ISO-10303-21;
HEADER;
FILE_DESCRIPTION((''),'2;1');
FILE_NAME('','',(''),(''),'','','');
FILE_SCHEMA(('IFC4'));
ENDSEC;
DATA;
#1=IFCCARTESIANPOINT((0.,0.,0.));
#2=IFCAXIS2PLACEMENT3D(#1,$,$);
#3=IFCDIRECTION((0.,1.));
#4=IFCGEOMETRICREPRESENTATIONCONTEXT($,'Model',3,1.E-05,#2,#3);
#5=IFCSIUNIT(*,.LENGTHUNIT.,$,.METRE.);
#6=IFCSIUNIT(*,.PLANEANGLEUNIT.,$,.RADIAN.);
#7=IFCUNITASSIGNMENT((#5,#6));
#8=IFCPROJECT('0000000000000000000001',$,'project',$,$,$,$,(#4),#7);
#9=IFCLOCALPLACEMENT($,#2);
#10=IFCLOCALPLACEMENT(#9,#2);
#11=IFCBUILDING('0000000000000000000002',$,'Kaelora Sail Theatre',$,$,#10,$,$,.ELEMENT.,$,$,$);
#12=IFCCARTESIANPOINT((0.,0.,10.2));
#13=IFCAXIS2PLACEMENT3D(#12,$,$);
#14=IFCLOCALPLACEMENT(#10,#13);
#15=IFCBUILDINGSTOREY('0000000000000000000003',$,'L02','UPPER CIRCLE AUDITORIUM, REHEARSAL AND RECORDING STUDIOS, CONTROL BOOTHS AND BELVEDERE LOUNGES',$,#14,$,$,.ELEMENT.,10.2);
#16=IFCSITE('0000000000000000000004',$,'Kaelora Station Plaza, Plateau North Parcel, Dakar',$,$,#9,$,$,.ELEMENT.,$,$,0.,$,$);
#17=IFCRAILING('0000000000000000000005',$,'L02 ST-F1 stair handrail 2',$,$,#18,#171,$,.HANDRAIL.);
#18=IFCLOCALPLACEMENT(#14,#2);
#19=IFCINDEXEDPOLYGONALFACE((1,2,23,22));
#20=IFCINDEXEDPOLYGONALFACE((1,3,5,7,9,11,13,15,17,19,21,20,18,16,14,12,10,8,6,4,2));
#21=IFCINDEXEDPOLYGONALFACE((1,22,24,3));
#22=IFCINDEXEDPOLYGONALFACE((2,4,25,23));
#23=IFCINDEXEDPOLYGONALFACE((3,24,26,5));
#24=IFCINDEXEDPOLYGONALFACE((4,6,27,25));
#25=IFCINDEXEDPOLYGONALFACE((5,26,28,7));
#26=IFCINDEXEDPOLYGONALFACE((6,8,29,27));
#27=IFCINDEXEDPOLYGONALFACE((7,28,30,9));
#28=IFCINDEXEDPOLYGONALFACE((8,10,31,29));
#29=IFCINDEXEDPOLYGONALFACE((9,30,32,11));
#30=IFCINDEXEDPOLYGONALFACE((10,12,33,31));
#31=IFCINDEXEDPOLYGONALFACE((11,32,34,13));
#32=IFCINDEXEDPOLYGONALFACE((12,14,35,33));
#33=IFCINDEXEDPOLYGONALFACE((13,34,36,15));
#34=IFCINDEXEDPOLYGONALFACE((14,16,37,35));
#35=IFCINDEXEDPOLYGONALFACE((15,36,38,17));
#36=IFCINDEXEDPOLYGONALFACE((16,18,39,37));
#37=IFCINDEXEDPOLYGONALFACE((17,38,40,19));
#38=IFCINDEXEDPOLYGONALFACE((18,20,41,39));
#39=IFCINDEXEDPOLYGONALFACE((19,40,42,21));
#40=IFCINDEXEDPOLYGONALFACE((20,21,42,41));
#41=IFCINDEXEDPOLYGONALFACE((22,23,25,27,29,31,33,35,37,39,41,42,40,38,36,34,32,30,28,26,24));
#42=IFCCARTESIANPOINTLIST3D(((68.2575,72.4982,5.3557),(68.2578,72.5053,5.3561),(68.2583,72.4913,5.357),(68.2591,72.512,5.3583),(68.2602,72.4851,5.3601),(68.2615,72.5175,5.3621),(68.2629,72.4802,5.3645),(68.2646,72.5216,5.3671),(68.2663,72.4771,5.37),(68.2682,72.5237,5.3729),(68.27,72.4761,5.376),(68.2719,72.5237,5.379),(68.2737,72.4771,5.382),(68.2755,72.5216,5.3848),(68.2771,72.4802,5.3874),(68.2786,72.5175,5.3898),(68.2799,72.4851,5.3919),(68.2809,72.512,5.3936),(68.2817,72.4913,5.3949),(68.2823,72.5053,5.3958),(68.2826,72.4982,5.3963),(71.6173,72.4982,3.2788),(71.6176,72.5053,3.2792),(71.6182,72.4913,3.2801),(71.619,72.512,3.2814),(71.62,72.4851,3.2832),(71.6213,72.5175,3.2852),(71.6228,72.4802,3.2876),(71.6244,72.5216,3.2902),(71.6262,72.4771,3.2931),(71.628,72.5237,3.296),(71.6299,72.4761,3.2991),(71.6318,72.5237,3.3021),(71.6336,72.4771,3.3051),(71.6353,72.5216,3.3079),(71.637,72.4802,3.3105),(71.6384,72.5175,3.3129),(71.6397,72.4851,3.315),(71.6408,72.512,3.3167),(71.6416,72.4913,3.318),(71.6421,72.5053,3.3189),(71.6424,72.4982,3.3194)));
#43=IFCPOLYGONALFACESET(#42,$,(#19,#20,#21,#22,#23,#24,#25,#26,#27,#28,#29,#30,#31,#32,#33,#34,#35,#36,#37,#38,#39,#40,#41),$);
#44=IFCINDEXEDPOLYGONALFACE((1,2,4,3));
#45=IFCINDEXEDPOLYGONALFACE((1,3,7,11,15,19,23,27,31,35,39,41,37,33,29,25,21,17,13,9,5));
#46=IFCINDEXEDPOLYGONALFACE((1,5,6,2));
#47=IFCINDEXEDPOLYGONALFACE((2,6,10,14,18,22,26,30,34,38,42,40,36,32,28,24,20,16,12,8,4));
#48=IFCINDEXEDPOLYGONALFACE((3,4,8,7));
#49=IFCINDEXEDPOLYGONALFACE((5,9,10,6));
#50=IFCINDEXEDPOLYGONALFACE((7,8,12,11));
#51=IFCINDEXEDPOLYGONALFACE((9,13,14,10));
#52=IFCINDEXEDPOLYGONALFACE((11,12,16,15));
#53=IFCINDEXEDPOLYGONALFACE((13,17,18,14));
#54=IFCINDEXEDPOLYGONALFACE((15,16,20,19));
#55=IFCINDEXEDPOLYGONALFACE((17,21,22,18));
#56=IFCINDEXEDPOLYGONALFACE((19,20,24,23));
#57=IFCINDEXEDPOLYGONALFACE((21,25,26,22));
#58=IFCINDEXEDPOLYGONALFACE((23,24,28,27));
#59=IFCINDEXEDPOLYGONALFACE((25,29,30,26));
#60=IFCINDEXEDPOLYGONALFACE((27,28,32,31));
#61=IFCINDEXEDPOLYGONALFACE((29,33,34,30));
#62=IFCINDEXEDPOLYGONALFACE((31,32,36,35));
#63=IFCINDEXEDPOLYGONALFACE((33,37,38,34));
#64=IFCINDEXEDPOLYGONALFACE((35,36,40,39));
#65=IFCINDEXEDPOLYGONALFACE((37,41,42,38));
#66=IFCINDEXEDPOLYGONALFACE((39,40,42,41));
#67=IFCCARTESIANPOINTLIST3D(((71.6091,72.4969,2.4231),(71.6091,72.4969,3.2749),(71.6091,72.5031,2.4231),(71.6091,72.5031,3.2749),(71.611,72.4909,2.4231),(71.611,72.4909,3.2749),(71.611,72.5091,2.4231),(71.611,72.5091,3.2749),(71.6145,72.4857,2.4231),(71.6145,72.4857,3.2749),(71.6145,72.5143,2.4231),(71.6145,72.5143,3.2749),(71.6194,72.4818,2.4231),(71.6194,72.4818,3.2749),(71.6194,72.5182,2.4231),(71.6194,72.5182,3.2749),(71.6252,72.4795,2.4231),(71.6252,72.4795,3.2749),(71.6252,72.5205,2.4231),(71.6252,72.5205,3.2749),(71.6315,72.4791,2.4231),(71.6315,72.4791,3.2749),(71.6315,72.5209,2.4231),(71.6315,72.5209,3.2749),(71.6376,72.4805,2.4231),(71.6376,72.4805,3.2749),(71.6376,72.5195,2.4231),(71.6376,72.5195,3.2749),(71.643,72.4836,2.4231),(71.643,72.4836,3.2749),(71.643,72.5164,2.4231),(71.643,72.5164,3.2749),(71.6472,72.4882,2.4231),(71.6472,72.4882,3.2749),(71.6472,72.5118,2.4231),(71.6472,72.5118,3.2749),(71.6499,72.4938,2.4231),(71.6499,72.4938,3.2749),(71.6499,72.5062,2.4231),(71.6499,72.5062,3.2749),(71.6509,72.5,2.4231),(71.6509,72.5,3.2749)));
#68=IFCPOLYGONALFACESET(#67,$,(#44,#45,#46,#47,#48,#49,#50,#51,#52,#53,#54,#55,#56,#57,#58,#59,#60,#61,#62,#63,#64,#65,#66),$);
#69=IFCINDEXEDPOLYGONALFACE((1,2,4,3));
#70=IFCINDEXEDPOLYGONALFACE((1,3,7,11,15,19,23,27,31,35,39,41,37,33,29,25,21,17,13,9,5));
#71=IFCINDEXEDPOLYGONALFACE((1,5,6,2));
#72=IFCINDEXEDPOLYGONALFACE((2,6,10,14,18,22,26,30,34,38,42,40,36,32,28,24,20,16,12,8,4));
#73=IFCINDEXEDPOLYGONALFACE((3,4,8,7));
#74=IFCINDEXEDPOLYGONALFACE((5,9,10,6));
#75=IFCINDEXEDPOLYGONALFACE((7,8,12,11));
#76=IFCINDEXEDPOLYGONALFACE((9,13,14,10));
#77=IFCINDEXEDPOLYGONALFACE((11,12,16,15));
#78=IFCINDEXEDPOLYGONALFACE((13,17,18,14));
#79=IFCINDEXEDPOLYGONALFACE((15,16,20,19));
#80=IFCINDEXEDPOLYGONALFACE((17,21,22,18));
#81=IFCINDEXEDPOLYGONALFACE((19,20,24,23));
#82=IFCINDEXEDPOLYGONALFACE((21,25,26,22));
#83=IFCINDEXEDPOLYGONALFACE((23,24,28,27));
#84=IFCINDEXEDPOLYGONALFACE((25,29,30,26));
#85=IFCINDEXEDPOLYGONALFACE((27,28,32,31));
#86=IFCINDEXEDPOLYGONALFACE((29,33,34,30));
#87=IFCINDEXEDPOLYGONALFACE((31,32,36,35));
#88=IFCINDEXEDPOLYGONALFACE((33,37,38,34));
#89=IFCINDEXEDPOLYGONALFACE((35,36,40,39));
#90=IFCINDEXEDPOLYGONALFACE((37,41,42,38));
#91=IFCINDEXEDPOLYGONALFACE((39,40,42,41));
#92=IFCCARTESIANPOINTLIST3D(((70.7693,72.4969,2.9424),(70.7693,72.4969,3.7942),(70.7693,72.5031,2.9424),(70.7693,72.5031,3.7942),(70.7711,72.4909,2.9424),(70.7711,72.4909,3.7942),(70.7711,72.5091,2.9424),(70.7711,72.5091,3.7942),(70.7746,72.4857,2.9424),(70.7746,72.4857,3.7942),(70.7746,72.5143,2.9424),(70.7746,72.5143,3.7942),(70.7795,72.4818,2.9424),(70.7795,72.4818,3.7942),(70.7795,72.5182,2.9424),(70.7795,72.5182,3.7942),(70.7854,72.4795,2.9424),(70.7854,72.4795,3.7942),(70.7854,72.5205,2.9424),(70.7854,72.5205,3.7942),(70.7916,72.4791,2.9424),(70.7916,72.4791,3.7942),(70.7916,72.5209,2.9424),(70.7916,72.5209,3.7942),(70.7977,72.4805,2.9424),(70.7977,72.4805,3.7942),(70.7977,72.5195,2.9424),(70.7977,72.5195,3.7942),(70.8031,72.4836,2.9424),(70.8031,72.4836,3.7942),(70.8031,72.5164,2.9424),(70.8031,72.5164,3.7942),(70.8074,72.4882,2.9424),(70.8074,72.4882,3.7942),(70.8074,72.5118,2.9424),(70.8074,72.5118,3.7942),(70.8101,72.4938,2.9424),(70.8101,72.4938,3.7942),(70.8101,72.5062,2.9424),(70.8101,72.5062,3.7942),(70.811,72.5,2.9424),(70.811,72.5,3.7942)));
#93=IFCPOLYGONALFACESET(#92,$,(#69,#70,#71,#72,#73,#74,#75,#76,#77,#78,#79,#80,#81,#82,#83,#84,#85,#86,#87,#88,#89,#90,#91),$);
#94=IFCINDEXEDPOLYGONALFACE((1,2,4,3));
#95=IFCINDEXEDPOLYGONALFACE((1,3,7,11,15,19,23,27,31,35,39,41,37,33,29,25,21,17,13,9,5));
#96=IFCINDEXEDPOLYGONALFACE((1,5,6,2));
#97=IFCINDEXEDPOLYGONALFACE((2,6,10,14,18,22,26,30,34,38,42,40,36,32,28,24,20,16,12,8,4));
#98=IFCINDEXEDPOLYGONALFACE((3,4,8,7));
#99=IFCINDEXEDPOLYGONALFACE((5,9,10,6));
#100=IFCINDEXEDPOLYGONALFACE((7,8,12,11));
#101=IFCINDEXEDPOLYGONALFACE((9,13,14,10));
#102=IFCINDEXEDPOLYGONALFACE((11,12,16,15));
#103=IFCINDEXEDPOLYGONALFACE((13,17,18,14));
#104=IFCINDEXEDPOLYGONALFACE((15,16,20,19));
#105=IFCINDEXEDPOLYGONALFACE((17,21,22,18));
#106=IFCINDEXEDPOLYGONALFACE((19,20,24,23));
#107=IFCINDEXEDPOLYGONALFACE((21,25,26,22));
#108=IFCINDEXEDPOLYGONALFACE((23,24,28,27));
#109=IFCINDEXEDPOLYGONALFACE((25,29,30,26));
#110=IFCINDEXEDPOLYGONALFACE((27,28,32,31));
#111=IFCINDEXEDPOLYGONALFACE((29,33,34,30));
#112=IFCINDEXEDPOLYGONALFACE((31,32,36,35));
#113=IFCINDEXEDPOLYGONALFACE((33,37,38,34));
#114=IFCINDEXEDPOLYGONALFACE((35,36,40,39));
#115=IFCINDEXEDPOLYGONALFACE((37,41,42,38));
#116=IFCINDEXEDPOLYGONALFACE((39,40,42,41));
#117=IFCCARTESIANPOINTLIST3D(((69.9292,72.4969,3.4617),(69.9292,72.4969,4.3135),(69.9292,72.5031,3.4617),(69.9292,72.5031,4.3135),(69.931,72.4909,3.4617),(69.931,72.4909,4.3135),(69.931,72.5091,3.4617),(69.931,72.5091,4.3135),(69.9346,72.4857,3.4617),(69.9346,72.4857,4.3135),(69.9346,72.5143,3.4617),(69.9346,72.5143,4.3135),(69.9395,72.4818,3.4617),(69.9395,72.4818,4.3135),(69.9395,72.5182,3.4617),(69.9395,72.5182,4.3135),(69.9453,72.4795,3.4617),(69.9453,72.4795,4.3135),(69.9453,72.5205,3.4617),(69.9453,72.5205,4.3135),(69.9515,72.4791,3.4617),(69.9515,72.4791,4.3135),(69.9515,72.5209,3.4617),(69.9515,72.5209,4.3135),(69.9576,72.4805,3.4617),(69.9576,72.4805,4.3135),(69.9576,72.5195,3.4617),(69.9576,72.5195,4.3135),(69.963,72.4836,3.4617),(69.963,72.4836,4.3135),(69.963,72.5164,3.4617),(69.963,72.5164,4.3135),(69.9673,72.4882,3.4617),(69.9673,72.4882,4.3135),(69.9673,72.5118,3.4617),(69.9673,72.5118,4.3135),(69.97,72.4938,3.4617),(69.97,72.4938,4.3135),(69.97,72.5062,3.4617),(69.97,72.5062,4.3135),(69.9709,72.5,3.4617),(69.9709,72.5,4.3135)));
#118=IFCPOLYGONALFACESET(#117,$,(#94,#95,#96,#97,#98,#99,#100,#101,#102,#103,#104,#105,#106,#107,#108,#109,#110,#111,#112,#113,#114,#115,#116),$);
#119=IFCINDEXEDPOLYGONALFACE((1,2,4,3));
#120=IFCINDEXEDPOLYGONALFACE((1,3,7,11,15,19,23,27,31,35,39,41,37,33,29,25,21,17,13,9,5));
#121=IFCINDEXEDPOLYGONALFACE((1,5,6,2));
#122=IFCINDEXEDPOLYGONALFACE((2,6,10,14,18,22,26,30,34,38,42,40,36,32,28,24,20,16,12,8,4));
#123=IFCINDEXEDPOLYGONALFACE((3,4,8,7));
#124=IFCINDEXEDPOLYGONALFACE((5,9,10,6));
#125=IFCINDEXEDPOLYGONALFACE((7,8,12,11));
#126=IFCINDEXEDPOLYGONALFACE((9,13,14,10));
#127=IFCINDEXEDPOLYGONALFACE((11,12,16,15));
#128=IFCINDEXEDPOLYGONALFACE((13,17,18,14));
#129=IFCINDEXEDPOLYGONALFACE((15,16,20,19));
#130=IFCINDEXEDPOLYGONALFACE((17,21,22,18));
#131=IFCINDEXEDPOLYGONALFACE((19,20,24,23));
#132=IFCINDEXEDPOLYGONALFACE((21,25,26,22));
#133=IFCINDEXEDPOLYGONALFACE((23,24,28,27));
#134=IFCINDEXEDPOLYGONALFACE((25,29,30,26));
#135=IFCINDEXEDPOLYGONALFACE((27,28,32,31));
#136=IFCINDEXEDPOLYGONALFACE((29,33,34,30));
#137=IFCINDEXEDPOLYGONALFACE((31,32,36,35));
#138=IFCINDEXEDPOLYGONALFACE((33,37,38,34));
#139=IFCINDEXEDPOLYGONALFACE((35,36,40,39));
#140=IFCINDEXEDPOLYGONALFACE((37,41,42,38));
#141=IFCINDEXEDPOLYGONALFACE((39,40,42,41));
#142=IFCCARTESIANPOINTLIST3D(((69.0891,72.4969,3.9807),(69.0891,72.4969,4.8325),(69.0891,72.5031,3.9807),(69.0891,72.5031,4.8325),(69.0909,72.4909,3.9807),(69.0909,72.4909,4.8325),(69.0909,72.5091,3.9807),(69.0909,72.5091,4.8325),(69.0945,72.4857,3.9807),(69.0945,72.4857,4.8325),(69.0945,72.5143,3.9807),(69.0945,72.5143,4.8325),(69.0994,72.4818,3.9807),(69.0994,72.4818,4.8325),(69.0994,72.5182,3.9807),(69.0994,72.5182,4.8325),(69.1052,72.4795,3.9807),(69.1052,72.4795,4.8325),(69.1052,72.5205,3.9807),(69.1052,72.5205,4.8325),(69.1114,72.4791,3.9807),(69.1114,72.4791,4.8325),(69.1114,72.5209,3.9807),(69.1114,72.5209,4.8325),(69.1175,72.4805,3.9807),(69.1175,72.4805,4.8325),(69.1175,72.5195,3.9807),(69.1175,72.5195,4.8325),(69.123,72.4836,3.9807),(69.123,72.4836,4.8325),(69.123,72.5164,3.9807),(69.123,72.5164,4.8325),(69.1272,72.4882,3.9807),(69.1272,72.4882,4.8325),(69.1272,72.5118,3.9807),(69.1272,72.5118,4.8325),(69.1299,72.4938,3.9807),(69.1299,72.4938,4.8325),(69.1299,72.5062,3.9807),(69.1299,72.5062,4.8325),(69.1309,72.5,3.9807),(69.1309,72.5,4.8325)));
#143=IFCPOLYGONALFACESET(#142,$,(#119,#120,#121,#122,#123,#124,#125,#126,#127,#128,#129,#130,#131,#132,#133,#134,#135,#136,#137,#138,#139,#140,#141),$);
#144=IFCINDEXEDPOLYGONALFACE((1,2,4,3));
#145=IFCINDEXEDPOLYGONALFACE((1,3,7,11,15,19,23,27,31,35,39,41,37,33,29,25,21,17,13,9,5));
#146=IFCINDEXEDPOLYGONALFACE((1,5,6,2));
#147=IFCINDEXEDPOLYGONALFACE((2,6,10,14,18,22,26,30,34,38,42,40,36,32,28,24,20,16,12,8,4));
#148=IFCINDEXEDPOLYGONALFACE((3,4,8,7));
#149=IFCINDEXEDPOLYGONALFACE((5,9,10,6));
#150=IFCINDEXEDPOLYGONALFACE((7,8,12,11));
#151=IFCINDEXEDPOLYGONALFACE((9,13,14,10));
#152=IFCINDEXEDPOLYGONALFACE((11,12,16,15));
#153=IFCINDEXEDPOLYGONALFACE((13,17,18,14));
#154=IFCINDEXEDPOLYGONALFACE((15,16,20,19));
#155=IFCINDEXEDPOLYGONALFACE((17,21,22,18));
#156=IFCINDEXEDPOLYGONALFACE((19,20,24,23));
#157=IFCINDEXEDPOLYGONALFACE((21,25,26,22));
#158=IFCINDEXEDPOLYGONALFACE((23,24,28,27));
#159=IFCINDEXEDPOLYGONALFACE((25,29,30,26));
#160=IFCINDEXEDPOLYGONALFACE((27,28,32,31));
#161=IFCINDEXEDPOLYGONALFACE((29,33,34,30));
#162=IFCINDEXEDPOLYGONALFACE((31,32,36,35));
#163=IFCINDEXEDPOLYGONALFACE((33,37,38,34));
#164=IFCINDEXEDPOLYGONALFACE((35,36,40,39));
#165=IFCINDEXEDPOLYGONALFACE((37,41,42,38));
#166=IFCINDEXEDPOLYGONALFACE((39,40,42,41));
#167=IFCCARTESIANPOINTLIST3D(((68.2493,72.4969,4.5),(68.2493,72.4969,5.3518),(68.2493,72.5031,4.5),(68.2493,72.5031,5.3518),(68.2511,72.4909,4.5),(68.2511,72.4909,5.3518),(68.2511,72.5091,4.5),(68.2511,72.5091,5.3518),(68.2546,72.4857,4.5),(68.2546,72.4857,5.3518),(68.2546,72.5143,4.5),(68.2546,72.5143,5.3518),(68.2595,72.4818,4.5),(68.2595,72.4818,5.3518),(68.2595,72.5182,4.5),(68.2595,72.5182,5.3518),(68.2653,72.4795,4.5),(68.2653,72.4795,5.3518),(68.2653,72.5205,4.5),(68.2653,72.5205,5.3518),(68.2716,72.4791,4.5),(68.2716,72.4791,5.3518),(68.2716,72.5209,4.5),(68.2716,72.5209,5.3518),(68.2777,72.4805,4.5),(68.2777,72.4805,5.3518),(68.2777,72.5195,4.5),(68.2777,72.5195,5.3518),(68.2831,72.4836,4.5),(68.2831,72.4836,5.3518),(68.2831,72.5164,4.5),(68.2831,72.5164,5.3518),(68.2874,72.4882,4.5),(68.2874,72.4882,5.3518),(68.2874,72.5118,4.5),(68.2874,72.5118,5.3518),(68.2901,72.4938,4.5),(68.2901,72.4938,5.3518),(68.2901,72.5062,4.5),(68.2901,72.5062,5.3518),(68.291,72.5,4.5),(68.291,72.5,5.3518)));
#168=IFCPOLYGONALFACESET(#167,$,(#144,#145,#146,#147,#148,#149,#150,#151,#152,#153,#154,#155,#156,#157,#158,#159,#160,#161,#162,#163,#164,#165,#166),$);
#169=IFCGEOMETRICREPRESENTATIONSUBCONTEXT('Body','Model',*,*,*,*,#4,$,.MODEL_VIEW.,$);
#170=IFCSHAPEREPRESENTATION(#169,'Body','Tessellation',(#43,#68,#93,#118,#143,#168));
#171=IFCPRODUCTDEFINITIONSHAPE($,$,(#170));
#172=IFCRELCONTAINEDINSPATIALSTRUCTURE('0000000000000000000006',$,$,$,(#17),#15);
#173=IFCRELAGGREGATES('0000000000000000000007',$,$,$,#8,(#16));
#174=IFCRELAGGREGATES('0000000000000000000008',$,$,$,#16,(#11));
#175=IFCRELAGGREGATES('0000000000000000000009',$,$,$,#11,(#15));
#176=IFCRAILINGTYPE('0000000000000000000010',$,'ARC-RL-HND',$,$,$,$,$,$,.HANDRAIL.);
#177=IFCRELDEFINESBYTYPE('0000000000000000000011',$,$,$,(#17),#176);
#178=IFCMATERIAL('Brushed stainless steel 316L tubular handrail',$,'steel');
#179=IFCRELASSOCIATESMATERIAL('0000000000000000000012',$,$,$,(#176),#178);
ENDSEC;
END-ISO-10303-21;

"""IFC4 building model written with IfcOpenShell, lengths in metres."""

from ifc_helpers import new_model, si_unit, direction, frame, origin, origin_2d, place, context, subcontext, project, spatial, circle, extrude, material, type_object, element, save


model = new_model("IFC4")

# Units and contexts
model_context = context("Model", 3, precision=1e-05, world=origin(), true_north=direction((0.0, 1.0)))
body_context = subcontext(model_context, "Body", "Model", "MODEL_VIEW")
ifc_project = project(units=[si_unit("LENGTHUNIT", "METRE"), si_unit("PLANEANGLEUNIT", "RADIAN")], contexts=[model_context])

# Site, building, storey
site_placement = place(None, origin())
site = spatial("IfcSite", under=ifc_project, at=site_placement, Name="Kaelora Station Plaza, Plateau North Parcel, Dakar", CompositionType="ELEMENT", RefElevation=0.0)
building_placement = place(site_placement, origin())
building = spatial("IfcBuilding", under=site, at=building_placement, Name="Kaelora Sail Theatre", CompositionType="ELEMENT")
storey_placement = place(building_placement, frame((0.0, 0.0, 10.2)))
storey = spatial("IfcBuildingStorey", under=building, at=storey_placement, Name="L02", Description="UPPER CIRCLE AUDITORIUM, REHEARSAL AND RECORDING STUDIOS, CONTROL BOOTHS AND BELVEDERE LOUNGES", CompositionType="ELEMENT", Elevation=10.2)

# Railing
ifc_material_1 = material(Name="Brushed stainless steel 316L tubular handrail", Category="steel")
railing_type_1 = type_object("IfcRailingType", Name="ARC-RL-HND", PredefinedType="HANDRAIL", material=ifc_material_1)
railing_1_placement = place(storey_placement, frame((71.6299, 72.5, 2.4231)))
element("IfcRailing", 1, at=railing_1_placement, inside=storey, type_object=railing_type_1, Name="L02 ST-F1 stair handrail 2", PredefinedType="HANDRAIL", context=body_context, shape_type="SweptSolid", body=[
    extrude(circle(Radius=0.0239, at=origin_2d()), frame((0.0, 0.0, 0.876), z_axis=(-0.850606, 0.0, 0.525803), x_axis=(0.0, -1.0, 0.0)), (0.0, 0.0, 1.0), 3.95),
    extrude(circle(Radius=0.021, at=origin_2d()), origin(), (0.0, 0.0, 1.0), 0.8518),
    extrude(circle(Radius=0.021, at=origin_2d()), frame((-0.8398, 0.0, 0.5193)), (0.0, 0.0, 1.0), 0.8518),
    extrude(circle(Radius=0.021, at=origin_2d()), frame((-1.6799, 0.0, 1.0386)), (0.0, 0.0, 1.0), 0.8518),
    extrude(circle(Radius=0.021, at=origin_2d()), frame((-2.52, 0.0, 1.5576)), (0.0, 0.0, 1.0), 0.8518),
    extrude(circle(Radius=0.021, at=origin_2d()), frame((-3.3599, 0.0, 2.0769)), (0.0, 0.0, 1.0), 0.8518),
])

save(model, "model.ifc")
